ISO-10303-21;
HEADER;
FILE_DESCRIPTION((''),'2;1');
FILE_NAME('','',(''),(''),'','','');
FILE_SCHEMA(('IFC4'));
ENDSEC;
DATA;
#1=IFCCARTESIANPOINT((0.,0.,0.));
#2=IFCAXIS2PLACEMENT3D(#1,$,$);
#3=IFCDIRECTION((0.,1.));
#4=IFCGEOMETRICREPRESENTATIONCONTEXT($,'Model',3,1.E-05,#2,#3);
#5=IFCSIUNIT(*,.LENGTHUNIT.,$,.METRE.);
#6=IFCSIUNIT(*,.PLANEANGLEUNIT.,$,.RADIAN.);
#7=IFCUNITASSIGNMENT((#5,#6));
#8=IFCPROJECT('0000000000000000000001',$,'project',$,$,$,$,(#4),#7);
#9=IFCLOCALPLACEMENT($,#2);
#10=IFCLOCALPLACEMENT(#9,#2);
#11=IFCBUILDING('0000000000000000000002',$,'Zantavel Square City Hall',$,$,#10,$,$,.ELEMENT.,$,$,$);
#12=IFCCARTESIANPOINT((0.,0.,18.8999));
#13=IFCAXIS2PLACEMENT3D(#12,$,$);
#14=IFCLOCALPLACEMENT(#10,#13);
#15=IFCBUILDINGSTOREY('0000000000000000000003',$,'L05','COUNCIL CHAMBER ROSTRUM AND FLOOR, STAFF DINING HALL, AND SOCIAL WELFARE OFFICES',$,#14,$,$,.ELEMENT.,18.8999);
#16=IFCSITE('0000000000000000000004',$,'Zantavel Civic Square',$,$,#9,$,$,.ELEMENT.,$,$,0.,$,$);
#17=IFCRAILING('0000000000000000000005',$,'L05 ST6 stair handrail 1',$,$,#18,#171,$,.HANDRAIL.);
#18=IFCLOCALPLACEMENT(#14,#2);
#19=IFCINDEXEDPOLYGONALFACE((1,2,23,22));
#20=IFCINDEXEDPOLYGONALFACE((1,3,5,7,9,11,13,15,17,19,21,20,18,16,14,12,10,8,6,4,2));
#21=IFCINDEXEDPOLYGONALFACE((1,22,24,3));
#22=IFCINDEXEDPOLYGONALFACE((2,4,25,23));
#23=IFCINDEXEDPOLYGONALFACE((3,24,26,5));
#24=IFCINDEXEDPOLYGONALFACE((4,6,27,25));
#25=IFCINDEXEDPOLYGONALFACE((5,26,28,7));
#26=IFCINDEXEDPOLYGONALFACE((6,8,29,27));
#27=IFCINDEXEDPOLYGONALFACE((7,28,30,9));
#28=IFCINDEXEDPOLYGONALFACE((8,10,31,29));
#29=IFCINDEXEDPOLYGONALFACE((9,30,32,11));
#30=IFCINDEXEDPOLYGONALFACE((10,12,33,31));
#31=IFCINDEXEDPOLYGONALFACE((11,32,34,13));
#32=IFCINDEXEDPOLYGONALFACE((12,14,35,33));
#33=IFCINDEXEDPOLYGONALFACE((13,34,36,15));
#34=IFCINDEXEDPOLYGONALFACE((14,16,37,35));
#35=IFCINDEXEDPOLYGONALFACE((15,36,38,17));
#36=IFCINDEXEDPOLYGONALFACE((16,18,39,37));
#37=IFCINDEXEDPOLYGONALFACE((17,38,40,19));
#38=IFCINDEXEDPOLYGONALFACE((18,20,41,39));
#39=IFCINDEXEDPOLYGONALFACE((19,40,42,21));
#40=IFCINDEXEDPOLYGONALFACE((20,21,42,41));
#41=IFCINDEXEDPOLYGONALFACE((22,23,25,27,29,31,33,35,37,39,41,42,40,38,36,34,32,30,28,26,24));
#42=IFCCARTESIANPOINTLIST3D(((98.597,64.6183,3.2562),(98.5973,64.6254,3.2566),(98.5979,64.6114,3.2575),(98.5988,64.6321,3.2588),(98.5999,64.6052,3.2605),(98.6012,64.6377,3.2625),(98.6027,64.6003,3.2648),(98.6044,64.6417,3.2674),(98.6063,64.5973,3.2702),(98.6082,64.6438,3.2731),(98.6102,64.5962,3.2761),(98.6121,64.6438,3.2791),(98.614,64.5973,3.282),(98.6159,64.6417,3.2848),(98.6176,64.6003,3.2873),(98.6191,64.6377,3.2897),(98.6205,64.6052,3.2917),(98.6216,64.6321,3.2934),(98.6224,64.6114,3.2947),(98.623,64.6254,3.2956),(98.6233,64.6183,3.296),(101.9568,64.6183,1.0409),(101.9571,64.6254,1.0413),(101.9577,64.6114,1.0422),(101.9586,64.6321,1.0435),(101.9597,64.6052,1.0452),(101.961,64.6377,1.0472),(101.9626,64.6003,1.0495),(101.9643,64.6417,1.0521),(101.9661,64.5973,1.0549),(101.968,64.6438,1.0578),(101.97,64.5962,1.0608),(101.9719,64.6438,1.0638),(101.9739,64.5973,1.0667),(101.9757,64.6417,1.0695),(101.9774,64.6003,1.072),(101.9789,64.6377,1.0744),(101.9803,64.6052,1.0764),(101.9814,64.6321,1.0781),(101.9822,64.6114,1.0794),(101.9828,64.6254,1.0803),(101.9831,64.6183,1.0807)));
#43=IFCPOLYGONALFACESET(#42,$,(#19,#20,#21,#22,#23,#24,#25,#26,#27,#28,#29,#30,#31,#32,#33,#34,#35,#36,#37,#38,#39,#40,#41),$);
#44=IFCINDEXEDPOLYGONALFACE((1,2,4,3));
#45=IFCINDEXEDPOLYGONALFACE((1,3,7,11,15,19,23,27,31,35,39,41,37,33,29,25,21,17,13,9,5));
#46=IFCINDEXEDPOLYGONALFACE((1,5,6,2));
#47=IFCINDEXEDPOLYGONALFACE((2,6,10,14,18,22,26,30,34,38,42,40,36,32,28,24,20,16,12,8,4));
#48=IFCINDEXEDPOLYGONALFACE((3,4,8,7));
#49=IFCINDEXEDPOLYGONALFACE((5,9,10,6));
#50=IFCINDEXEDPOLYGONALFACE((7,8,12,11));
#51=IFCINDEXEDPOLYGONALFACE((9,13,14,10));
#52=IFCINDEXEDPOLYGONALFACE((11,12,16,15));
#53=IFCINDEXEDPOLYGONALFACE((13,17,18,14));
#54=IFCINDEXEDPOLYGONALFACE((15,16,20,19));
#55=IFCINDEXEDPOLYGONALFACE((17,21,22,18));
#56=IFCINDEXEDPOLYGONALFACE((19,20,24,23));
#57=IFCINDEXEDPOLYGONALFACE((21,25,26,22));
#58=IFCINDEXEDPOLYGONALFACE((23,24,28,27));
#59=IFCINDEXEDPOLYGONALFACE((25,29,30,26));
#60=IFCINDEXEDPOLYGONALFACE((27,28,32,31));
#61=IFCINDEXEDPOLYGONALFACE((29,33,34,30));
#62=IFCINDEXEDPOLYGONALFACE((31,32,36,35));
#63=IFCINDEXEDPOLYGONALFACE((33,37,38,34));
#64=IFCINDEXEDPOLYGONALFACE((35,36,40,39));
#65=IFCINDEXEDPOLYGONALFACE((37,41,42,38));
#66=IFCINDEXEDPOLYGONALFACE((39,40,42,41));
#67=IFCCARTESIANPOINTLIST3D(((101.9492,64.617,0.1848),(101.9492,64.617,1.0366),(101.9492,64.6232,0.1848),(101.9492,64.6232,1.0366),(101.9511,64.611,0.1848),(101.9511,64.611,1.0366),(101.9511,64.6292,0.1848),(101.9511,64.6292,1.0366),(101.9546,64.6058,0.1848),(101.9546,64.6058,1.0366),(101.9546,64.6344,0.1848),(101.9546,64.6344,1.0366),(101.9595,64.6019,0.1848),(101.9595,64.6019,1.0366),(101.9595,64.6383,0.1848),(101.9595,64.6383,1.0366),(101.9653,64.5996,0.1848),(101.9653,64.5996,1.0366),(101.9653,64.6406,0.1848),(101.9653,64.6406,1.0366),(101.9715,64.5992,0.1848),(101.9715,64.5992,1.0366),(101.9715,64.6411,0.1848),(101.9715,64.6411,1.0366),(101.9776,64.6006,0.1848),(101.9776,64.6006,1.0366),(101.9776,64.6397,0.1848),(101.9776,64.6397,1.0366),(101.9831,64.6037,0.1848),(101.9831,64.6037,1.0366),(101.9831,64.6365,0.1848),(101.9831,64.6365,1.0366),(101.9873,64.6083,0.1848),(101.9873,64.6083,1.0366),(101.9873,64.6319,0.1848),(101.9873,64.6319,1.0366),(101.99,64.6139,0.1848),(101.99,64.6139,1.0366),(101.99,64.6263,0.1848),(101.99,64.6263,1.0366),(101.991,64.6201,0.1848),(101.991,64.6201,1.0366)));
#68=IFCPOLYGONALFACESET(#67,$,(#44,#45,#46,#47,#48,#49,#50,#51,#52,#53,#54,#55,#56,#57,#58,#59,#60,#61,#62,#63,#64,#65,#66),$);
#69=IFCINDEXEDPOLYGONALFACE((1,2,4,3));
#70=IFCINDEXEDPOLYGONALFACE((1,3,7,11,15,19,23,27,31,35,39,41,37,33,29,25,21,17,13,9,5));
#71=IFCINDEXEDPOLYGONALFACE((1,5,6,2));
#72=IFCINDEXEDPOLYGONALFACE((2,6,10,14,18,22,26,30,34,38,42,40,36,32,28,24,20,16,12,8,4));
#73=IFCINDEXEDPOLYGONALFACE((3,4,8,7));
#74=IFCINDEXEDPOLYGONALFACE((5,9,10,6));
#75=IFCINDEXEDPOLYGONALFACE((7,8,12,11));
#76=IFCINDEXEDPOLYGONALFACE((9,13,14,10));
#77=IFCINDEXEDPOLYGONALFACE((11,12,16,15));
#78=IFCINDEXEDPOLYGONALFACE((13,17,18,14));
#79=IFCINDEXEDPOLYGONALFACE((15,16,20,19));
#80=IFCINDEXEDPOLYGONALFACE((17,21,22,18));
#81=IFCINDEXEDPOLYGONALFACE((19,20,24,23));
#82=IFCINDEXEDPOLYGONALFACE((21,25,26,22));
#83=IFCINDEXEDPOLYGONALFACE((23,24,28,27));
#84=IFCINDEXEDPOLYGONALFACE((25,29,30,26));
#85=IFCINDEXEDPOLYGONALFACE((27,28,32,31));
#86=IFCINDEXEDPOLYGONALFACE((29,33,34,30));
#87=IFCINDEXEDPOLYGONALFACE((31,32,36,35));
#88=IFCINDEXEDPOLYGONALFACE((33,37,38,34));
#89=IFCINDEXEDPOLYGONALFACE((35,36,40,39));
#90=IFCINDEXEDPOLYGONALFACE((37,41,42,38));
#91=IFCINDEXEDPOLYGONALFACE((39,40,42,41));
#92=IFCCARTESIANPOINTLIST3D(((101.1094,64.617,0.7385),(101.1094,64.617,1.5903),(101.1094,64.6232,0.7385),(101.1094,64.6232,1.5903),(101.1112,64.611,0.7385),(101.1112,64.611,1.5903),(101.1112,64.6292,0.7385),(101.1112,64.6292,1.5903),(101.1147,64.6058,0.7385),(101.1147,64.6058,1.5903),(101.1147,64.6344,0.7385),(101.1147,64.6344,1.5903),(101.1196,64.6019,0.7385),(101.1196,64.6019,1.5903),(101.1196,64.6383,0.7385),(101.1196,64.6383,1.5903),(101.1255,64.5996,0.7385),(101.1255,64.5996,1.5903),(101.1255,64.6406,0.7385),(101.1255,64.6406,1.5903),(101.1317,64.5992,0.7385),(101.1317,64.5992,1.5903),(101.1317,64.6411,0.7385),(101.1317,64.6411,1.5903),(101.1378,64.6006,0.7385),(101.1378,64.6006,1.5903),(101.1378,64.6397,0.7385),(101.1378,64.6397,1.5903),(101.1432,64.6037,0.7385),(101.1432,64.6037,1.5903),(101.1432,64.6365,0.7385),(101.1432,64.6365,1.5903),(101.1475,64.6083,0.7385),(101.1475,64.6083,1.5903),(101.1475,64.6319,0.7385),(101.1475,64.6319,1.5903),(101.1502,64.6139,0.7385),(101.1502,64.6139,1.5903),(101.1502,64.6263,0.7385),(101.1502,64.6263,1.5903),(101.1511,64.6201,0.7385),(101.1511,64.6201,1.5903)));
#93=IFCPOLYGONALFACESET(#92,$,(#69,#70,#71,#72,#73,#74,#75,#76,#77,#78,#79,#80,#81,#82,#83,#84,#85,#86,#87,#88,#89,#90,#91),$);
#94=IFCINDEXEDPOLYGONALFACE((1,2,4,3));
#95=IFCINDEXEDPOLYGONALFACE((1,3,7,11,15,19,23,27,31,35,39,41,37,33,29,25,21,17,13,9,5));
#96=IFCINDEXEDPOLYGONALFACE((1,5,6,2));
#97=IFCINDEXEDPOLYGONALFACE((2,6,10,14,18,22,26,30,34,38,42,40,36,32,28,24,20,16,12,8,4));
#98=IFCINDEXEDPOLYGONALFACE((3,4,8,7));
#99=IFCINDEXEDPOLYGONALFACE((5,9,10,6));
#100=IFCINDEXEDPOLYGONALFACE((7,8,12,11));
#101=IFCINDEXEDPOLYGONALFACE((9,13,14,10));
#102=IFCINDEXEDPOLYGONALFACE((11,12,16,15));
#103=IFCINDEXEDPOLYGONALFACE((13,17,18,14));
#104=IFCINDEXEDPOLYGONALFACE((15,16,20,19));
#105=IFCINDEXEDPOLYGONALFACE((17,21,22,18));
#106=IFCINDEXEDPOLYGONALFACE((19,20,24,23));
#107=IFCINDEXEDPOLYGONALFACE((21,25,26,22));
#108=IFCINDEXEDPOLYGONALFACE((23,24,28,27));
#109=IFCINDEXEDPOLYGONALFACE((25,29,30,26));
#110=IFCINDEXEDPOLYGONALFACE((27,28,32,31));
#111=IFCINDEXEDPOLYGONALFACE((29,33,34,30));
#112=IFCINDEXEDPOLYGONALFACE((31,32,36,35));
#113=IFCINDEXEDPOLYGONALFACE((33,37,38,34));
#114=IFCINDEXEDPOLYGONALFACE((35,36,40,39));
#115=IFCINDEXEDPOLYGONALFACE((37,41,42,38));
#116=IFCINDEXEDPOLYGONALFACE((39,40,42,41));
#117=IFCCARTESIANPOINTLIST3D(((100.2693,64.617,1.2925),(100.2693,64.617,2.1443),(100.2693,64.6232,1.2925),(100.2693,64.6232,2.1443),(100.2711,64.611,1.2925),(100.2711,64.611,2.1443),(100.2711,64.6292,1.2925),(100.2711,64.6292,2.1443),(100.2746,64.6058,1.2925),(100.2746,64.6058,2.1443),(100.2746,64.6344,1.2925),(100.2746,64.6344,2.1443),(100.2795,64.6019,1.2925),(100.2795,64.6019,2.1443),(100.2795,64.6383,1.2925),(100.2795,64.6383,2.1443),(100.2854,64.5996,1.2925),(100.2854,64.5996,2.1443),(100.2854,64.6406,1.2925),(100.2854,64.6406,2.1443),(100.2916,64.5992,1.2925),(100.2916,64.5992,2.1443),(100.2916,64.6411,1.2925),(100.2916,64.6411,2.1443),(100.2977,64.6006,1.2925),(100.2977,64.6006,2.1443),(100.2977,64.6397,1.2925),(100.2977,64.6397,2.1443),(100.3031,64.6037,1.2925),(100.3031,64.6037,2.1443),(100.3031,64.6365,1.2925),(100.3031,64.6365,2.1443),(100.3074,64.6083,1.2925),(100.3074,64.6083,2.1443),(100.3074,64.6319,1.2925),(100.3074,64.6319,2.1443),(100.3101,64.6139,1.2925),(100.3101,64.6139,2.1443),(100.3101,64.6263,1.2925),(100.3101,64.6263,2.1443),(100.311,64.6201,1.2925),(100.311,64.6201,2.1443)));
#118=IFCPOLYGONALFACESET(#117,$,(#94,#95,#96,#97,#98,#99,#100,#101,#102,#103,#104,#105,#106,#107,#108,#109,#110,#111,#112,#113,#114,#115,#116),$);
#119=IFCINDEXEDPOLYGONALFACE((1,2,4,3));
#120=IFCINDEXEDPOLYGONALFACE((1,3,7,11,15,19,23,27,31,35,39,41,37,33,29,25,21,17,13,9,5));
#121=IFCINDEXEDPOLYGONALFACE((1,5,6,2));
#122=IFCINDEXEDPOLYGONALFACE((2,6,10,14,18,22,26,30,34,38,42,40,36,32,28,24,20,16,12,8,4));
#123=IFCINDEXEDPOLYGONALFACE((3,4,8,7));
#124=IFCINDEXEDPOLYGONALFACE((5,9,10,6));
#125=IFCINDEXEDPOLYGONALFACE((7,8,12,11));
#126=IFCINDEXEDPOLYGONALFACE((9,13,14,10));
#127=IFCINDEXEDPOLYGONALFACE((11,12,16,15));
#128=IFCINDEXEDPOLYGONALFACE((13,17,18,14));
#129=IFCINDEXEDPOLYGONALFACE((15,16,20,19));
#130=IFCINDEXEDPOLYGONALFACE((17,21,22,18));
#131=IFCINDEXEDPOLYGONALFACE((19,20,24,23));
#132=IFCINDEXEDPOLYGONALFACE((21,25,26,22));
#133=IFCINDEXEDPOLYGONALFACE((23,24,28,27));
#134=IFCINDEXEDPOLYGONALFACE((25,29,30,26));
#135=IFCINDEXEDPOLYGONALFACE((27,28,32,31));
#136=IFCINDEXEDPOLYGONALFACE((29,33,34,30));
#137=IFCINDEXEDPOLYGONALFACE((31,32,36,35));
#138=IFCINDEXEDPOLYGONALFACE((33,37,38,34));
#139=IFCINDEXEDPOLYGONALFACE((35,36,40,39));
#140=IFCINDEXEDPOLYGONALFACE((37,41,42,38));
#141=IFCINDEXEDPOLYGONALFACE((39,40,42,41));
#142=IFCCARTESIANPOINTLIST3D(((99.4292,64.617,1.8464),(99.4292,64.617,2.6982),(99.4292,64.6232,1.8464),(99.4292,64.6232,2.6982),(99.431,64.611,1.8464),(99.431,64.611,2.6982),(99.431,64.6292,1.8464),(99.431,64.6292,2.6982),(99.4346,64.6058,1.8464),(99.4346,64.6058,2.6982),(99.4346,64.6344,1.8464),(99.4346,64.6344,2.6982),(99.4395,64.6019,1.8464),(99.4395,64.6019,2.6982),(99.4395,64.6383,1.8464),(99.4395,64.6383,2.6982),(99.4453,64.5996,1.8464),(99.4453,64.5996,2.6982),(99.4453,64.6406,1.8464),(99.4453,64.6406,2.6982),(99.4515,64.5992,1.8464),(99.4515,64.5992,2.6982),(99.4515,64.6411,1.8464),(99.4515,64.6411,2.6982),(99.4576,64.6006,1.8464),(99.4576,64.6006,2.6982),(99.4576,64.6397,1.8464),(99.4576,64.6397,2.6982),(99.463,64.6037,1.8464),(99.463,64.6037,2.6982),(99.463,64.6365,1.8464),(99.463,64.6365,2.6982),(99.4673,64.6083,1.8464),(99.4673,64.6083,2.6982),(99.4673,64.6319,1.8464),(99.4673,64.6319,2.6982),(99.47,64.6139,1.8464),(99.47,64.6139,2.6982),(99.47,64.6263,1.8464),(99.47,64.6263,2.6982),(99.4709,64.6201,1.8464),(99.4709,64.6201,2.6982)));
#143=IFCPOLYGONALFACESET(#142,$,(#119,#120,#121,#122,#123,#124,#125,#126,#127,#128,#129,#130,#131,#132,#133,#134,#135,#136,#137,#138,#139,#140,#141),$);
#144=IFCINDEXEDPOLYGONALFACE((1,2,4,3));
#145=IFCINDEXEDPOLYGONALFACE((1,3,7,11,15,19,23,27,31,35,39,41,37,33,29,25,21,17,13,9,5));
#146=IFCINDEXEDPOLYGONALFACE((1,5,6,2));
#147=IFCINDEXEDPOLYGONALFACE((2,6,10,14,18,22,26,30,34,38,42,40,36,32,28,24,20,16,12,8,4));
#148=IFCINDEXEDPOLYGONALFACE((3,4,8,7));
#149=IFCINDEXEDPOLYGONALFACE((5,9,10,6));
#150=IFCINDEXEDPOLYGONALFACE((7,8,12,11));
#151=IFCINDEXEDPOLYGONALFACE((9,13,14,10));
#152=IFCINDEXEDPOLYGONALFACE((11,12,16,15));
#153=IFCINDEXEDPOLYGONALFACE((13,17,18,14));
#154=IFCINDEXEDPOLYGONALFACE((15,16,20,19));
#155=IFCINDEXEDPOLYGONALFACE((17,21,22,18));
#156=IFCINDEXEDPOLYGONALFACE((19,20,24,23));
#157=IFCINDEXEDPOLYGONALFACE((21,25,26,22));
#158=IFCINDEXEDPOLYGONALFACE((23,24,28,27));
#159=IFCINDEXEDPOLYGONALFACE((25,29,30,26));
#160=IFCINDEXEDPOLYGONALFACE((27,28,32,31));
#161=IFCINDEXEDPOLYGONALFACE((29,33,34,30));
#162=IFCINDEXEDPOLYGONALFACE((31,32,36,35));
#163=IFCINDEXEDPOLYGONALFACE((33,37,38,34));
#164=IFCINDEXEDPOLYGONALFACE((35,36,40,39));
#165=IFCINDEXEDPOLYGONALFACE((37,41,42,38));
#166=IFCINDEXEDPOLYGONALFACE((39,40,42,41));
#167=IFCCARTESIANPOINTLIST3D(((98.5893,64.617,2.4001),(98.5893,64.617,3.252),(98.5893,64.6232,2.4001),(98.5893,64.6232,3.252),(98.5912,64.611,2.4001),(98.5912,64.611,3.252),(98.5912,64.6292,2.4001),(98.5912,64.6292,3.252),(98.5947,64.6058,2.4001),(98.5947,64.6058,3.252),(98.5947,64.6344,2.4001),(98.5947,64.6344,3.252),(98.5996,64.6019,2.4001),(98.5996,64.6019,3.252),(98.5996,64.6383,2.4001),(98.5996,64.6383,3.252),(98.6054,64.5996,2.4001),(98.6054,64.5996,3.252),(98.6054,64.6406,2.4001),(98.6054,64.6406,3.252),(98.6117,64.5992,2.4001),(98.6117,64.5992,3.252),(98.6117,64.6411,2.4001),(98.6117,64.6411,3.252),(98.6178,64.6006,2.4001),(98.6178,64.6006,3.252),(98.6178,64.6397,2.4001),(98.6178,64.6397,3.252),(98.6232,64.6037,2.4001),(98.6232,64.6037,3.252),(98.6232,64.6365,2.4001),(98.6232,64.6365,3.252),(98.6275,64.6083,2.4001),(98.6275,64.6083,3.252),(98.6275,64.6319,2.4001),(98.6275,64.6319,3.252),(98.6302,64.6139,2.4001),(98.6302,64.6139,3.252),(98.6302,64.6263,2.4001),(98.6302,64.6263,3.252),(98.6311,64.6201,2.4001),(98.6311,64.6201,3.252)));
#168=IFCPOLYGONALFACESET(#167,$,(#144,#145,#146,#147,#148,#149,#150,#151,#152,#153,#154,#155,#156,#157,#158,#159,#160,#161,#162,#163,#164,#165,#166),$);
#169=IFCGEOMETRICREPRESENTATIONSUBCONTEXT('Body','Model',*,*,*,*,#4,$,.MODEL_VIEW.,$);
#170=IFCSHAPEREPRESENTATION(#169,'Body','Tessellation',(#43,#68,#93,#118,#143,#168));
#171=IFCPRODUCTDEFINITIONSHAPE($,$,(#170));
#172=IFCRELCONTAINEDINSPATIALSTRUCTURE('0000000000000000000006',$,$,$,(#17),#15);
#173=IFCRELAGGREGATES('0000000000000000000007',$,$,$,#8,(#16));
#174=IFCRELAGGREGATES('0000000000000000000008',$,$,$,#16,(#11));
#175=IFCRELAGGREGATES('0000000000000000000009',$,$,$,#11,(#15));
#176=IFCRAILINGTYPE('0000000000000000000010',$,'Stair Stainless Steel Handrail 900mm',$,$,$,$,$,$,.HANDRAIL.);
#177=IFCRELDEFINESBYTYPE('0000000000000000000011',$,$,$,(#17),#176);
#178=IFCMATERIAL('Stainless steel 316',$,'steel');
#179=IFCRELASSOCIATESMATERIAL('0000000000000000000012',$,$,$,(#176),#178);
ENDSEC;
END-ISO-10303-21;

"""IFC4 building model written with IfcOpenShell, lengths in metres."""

from ifc_helpers import new_model, si_unit, direction, frame, origin, origin_2d, place, context, subcontext, project, spatial, circle, extrude, material, type_object, element, save


model = new_model("IFC4")

# Units and contexts
model_context = context("Model", 3, precision=1e-05, world=origin(), true_north=direction((0.0, 1.0)))
body_context = subcontext(model_context, "Body", "Model", "MODEL_VIEW")
ifc_project = project(units=[si_unit("LENGTHUNIT", "METRE"), si_unit("PLANEANGLEUNIT", "RADIAN")], contexts=[model_context])

# Site, building, storey
site_placement = place(None, origin())
site = spatial("IfcSite", under=ifc_project, at=site_placement, Name="Zantavel Civic Square", CompositionType="ELEMENT", RefElevation=0.0)
building_placement = place(site_placement, origin())
building = spatial("IfcBuilding", under=site, at=building_placement, Name="Zantavel Square City Hall", CompositionType="ELEMENT")
storey_placement = place(building_placement, frame((0.0, 0.0, 18.8999)))
storey = spatial("IfcBuildingStorey", under=building, at=storey_placement, Name="L05", Description="COUNCIL CHAMBER ROSTRUM AND FLOOR, STAFF DINING HALL, AND SOCIAL WELFARE OFFICES", CompositionType="ELEMENT", Elevation=18.8999)

# Railing
ifc_material_1 = material(Name="Stainless steel 316", Category="steel")
railing_type_1 = type_object("IfcRailingType", Name="Stair Stainless Steel Handrail 900mm", PredefinedType="HANDRAIL", material=ifc_material_1)
railing_1_placement = place(storey_placement, frame((101.97, 64.6201, 0.1848)))
element("IfcRailing", 1, at=railing_1_placement, inside=storey, type_object=railing_type_1, Name="L05 ST6 stair handrail 1", PredefinedType="HANDRAIL", context=body_context, shape_type="SweptSolid", body=[
    extrude(circle(Radius=0.0239, at=origin_2d()), frame((0.0, 0.0, 0.876), z_axis=(-0.834858, 0.0, 0.550465), x_axis=(0.0, -1.0, 0.0)), (0.0, 0.0, 1.0), 4.0244),
    extrude(circle(Radius=0.021, at=origin_2d()), origin(), (0.0, 0.0, 1.0), 0.8518),
    extrude(circle(Radius=0.021, at=origin_2d()), frame((-0.8398, 0.0, 0.5537)), (0.0, 0.0, 1.0), 0.8518),
    extrude(circle(Radius=0.021, at=origin_2d()), frame((-1.6799, 0.0, 1.1077)), (0.0, 0.0, 1.0), 0.8518),
    extrude(circle(Radius=0.021, at=origin_2d()), frame((-2.52, 0.0, 1.6616)), (0.0, 0.0, 1.0), 0.8518),
    extrude(circle(Radius=0.021, at=origin_2d()), frame((-3.3599, 0.0, 2.2153)), (0.0, 0.0, 1.0), 0.8518),
])

save(model, "model.ifc")
